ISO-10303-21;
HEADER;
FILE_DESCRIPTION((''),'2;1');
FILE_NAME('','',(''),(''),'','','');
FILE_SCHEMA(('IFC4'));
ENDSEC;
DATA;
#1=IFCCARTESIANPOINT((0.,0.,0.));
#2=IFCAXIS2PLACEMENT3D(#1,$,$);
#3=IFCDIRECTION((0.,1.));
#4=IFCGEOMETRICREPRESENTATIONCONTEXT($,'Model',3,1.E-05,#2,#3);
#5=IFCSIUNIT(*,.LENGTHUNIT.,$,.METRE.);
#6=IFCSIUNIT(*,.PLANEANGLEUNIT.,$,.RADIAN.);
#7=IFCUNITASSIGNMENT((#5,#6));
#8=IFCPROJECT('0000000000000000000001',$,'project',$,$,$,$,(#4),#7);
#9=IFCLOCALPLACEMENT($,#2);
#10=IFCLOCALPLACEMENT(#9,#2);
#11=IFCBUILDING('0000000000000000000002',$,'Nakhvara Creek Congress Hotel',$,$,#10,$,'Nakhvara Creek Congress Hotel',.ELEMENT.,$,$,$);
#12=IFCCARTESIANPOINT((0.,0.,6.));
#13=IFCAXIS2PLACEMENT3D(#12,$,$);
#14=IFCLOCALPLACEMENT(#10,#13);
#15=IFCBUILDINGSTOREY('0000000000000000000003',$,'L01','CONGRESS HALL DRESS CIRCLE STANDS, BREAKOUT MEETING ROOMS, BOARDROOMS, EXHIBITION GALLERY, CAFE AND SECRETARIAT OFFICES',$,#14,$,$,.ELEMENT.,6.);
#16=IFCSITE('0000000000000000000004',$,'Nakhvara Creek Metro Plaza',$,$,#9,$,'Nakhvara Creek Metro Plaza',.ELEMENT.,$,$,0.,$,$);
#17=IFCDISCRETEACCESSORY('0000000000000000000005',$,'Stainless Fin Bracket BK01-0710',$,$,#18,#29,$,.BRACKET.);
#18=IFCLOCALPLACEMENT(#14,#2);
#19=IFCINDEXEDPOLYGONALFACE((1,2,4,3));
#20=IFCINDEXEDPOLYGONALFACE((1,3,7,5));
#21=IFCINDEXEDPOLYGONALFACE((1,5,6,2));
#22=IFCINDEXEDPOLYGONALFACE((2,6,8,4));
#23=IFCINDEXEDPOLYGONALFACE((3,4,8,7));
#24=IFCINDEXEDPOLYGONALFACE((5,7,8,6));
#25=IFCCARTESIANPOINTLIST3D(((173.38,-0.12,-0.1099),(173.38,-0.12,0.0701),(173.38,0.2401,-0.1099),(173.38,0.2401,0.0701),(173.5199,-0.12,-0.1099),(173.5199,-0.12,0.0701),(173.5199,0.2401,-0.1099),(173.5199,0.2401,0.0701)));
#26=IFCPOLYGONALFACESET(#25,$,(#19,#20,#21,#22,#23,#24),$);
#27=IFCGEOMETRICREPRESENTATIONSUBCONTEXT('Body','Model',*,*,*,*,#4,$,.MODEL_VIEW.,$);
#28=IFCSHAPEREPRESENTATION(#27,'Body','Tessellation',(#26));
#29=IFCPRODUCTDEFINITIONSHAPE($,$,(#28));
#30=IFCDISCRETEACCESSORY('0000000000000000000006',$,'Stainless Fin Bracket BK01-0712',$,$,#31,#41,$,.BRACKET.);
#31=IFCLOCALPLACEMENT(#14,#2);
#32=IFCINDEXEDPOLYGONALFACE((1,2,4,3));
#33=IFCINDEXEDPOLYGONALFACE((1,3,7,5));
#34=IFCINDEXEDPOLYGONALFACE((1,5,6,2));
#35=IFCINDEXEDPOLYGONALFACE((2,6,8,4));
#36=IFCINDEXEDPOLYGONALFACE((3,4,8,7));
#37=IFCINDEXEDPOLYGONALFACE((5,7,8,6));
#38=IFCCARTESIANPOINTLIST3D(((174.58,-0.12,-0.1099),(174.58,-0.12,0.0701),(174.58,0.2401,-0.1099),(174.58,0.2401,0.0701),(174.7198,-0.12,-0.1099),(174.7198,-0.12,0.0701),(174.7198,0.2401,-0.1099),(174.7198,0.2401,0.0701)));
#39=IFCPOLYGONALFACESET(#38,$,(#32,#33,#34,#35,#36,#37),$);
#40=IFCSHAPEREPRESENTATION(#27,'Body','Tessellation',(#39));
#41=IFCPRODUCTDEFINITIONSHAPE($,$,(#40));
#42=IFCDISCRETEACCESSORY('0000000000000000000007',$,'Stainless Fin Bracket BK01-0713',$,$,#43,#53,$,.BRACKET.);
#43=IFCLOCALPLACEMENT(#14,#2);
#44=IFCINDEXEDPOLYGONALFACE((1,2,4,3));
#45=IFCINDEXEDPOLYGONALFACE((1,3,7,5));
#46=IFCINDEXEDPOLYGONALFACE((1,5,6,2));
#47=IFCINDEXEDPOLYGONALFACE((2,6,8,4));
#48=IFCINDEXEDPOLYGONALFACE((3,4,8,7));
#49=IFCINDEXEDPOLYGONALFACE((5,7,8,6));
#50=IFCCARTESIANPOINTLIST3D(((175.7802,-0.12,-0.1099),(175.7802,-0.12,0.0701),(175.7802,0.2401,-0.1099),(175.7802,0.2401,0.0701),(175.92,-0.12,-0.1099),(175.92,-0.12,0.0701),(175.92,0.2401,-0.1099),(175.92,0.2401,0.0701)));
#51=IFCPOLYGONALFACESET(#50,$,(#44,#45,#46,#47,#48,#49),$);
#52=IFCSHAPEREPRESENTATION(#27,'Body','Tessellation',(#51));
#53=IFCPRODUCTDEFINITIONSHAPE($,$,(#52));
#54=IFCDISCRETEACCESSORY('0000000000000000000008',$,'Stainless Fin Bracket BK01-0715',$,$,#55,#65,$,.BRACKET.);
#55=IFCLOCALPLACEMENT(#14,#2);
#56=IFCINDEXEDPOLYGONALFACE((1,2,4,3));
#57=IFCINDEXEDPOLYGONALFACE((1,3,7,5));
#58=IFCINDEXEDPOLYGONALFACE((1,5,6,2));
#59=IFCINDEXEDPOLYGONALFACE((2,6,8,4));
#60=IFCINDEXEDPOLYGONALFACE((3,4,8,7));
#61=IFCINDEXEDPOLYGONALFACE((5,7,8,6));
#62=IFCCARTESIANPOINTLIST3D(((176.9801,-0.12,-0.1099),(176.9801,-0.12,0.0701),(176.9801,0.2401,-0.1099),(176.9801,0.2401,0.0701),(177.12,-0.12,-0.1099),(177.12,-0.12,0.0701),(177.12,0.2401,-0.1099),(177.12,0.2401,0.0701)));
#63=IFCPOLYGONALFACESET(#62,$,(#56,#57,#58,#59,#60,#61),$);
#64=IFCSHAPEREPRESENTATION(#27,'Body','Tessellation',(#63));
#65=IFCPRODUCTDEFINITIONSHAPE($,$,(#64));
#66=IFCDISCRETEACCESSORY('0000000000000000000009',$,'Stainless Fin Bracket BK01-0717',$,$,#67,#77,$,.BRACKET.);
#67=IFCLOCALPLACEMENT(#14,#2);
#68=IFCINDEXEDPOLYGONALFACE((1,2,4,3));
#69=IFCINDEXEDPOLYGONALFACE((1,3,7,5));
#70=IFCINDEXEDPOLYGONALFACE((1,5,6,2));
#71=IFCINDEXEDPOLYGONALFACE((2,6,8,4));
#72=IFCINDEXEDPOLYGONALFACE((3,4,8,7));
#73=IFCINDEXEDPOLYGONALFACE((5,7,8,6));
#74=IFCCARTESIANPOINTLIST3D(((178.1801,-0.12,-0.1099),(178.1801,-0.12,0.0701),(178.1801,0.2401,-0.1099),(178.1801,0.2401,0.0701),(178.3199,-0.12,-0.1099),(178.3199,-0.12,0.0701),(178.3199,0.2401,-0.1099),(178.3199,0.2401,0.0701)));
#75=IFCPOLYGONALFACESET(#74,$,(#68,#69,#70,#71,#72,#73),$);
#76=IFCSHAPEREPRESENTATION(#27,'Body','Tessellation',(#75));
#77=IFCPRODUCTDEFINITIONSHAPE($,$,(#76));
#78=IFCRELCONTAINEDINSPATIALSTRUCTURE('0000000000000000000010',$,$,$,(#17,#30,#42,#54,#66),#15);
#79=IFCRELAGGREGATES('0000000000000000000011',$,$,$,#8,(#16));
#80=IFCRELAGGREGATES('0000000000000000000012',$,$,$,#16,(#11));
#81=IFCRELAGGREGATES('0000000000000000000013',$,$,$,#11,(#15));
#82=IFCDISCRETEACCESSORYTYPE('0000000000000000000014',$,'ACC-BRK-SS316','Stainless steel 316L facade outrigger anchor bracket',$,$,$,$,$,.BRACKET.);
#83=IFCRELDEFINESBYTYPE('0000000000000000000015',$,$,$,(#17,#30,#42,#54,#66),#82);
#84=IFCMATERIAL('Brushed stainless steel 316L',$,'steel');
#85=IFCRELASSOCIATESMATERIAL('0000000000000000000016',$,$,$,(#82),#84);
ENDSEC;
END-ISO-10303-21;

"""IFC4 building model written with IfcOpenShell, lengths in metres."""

from ifc_helpers import new_model, si_unit, direction, frame, origin, origin_2d, place, context, subcontext, project, spatial, rectangle, extrude, material, type_object, element, save


model = new_model("IFC4")

# Units and contexts
model_context = context("Model", 3, precision=1e-05, world=origin(), true_north=direction((0.0, 1.0)))
body_context = subcontext(model_context, "Body", "Model", "MODEL_VIEW")
ifc_project = project(units=[si_unit("LENGTHUNIT", "METRE"), si_unit("PLANEANGLEUNIT", "RADIAN")], contexts=[model_context])

# Site, building, storey
site_placement = place(None, origin())
site = spatial("IfcSite", under=ifc_project, at=site_placement, Name="Nakhvara Creek Metro Plaza", LongName="Nakhvara Creek Metro Plaza", CompositionType="ELEMENT", RefElevation=0.0)
building_placement = place(site_placement, origin())
building = spatial("IfcBuilding", under=site, at=building_placement, Name="Nakhvara Creek Congress Hotel", LongName="Nakhvara Creek Congress Hotel", CompositionType="ELEMENT")
storey_placement = place(building_placement, frame((0.0, 0.0, 6.0)))
storey = spatial("IfcBuildingStorey", under=building, at=storey_placement, Name="L01", Description="CONGRESS HALL DRESS CIRCLE STANDS, BREAKOUT MEETING ROOMS, BOARDROOMS, EXHIBITION GALLERY, CAFE AND SECRETARIAT OFFICES", CompositionType="ELEMENT", Elevation=6.0)

# Discrete accessories
ifc_material_1 = material(Name="Brushed stainless steel 316L", Category="steel")
discrete_accessory_type = type_object("IfcDiscreteAccessoryType", Name="ACC-BRK-SS316", Description="Stainless steel 316L facade outrigger anchor bracket", PredefinedType="BRACKET", material=ifc_material_1)
for number, where, z_axis, x_axis, name in (
    (1, (173.45, 0.0601, -0.1099), (0.0, 0.0, 1.0), (1.0, 0.0, 0.0), "Stainless Fin Bracket BK01-0710"),
    (2, (174.6499, 0.0601, -0.1099), (0.0, 0.0, 1.0), (1.0, 0.0, 0.0), "Stainless Fin Bracket BK01-0712"),
    (3, (175.8501, 0.0601, -0.1099), (0.0, 0.0, 1.0), (1.0, 0.0, 0.0), "Stainless Fin Bracket BK01-0713"),
    (4, (177.05, 0.0601, -0.1099), (0.0, 0.0, 1.0), (1.0, 0.0, 0.0), "Stainless Fin Bracket BK01-0715"),
    (5, (178.25, 0.0601, -0.1099), (0.0, 0.0, 1.0), (1.0, 0.0, 0.0), "Stainless Fin Bracket BK01-0717"),
):
    element("IfcDiscreteAccessory", number, at=place(storey_placement, frame(where, z_axis=z_axis, x_axis=x_axis)), inside=storey, type_object=discrete_accessory_type, Name=name, PredefinedType="BRACKET", context=body_context, shape_type="SweptSolid", body=[
        extrude(rectangle(XDim=0.1399, YDim=0.3601, at=origin_2d()), origin(), (0.0, 0.0, 1.0), 0.1799),
    ])

save(model, "model.ifc")
